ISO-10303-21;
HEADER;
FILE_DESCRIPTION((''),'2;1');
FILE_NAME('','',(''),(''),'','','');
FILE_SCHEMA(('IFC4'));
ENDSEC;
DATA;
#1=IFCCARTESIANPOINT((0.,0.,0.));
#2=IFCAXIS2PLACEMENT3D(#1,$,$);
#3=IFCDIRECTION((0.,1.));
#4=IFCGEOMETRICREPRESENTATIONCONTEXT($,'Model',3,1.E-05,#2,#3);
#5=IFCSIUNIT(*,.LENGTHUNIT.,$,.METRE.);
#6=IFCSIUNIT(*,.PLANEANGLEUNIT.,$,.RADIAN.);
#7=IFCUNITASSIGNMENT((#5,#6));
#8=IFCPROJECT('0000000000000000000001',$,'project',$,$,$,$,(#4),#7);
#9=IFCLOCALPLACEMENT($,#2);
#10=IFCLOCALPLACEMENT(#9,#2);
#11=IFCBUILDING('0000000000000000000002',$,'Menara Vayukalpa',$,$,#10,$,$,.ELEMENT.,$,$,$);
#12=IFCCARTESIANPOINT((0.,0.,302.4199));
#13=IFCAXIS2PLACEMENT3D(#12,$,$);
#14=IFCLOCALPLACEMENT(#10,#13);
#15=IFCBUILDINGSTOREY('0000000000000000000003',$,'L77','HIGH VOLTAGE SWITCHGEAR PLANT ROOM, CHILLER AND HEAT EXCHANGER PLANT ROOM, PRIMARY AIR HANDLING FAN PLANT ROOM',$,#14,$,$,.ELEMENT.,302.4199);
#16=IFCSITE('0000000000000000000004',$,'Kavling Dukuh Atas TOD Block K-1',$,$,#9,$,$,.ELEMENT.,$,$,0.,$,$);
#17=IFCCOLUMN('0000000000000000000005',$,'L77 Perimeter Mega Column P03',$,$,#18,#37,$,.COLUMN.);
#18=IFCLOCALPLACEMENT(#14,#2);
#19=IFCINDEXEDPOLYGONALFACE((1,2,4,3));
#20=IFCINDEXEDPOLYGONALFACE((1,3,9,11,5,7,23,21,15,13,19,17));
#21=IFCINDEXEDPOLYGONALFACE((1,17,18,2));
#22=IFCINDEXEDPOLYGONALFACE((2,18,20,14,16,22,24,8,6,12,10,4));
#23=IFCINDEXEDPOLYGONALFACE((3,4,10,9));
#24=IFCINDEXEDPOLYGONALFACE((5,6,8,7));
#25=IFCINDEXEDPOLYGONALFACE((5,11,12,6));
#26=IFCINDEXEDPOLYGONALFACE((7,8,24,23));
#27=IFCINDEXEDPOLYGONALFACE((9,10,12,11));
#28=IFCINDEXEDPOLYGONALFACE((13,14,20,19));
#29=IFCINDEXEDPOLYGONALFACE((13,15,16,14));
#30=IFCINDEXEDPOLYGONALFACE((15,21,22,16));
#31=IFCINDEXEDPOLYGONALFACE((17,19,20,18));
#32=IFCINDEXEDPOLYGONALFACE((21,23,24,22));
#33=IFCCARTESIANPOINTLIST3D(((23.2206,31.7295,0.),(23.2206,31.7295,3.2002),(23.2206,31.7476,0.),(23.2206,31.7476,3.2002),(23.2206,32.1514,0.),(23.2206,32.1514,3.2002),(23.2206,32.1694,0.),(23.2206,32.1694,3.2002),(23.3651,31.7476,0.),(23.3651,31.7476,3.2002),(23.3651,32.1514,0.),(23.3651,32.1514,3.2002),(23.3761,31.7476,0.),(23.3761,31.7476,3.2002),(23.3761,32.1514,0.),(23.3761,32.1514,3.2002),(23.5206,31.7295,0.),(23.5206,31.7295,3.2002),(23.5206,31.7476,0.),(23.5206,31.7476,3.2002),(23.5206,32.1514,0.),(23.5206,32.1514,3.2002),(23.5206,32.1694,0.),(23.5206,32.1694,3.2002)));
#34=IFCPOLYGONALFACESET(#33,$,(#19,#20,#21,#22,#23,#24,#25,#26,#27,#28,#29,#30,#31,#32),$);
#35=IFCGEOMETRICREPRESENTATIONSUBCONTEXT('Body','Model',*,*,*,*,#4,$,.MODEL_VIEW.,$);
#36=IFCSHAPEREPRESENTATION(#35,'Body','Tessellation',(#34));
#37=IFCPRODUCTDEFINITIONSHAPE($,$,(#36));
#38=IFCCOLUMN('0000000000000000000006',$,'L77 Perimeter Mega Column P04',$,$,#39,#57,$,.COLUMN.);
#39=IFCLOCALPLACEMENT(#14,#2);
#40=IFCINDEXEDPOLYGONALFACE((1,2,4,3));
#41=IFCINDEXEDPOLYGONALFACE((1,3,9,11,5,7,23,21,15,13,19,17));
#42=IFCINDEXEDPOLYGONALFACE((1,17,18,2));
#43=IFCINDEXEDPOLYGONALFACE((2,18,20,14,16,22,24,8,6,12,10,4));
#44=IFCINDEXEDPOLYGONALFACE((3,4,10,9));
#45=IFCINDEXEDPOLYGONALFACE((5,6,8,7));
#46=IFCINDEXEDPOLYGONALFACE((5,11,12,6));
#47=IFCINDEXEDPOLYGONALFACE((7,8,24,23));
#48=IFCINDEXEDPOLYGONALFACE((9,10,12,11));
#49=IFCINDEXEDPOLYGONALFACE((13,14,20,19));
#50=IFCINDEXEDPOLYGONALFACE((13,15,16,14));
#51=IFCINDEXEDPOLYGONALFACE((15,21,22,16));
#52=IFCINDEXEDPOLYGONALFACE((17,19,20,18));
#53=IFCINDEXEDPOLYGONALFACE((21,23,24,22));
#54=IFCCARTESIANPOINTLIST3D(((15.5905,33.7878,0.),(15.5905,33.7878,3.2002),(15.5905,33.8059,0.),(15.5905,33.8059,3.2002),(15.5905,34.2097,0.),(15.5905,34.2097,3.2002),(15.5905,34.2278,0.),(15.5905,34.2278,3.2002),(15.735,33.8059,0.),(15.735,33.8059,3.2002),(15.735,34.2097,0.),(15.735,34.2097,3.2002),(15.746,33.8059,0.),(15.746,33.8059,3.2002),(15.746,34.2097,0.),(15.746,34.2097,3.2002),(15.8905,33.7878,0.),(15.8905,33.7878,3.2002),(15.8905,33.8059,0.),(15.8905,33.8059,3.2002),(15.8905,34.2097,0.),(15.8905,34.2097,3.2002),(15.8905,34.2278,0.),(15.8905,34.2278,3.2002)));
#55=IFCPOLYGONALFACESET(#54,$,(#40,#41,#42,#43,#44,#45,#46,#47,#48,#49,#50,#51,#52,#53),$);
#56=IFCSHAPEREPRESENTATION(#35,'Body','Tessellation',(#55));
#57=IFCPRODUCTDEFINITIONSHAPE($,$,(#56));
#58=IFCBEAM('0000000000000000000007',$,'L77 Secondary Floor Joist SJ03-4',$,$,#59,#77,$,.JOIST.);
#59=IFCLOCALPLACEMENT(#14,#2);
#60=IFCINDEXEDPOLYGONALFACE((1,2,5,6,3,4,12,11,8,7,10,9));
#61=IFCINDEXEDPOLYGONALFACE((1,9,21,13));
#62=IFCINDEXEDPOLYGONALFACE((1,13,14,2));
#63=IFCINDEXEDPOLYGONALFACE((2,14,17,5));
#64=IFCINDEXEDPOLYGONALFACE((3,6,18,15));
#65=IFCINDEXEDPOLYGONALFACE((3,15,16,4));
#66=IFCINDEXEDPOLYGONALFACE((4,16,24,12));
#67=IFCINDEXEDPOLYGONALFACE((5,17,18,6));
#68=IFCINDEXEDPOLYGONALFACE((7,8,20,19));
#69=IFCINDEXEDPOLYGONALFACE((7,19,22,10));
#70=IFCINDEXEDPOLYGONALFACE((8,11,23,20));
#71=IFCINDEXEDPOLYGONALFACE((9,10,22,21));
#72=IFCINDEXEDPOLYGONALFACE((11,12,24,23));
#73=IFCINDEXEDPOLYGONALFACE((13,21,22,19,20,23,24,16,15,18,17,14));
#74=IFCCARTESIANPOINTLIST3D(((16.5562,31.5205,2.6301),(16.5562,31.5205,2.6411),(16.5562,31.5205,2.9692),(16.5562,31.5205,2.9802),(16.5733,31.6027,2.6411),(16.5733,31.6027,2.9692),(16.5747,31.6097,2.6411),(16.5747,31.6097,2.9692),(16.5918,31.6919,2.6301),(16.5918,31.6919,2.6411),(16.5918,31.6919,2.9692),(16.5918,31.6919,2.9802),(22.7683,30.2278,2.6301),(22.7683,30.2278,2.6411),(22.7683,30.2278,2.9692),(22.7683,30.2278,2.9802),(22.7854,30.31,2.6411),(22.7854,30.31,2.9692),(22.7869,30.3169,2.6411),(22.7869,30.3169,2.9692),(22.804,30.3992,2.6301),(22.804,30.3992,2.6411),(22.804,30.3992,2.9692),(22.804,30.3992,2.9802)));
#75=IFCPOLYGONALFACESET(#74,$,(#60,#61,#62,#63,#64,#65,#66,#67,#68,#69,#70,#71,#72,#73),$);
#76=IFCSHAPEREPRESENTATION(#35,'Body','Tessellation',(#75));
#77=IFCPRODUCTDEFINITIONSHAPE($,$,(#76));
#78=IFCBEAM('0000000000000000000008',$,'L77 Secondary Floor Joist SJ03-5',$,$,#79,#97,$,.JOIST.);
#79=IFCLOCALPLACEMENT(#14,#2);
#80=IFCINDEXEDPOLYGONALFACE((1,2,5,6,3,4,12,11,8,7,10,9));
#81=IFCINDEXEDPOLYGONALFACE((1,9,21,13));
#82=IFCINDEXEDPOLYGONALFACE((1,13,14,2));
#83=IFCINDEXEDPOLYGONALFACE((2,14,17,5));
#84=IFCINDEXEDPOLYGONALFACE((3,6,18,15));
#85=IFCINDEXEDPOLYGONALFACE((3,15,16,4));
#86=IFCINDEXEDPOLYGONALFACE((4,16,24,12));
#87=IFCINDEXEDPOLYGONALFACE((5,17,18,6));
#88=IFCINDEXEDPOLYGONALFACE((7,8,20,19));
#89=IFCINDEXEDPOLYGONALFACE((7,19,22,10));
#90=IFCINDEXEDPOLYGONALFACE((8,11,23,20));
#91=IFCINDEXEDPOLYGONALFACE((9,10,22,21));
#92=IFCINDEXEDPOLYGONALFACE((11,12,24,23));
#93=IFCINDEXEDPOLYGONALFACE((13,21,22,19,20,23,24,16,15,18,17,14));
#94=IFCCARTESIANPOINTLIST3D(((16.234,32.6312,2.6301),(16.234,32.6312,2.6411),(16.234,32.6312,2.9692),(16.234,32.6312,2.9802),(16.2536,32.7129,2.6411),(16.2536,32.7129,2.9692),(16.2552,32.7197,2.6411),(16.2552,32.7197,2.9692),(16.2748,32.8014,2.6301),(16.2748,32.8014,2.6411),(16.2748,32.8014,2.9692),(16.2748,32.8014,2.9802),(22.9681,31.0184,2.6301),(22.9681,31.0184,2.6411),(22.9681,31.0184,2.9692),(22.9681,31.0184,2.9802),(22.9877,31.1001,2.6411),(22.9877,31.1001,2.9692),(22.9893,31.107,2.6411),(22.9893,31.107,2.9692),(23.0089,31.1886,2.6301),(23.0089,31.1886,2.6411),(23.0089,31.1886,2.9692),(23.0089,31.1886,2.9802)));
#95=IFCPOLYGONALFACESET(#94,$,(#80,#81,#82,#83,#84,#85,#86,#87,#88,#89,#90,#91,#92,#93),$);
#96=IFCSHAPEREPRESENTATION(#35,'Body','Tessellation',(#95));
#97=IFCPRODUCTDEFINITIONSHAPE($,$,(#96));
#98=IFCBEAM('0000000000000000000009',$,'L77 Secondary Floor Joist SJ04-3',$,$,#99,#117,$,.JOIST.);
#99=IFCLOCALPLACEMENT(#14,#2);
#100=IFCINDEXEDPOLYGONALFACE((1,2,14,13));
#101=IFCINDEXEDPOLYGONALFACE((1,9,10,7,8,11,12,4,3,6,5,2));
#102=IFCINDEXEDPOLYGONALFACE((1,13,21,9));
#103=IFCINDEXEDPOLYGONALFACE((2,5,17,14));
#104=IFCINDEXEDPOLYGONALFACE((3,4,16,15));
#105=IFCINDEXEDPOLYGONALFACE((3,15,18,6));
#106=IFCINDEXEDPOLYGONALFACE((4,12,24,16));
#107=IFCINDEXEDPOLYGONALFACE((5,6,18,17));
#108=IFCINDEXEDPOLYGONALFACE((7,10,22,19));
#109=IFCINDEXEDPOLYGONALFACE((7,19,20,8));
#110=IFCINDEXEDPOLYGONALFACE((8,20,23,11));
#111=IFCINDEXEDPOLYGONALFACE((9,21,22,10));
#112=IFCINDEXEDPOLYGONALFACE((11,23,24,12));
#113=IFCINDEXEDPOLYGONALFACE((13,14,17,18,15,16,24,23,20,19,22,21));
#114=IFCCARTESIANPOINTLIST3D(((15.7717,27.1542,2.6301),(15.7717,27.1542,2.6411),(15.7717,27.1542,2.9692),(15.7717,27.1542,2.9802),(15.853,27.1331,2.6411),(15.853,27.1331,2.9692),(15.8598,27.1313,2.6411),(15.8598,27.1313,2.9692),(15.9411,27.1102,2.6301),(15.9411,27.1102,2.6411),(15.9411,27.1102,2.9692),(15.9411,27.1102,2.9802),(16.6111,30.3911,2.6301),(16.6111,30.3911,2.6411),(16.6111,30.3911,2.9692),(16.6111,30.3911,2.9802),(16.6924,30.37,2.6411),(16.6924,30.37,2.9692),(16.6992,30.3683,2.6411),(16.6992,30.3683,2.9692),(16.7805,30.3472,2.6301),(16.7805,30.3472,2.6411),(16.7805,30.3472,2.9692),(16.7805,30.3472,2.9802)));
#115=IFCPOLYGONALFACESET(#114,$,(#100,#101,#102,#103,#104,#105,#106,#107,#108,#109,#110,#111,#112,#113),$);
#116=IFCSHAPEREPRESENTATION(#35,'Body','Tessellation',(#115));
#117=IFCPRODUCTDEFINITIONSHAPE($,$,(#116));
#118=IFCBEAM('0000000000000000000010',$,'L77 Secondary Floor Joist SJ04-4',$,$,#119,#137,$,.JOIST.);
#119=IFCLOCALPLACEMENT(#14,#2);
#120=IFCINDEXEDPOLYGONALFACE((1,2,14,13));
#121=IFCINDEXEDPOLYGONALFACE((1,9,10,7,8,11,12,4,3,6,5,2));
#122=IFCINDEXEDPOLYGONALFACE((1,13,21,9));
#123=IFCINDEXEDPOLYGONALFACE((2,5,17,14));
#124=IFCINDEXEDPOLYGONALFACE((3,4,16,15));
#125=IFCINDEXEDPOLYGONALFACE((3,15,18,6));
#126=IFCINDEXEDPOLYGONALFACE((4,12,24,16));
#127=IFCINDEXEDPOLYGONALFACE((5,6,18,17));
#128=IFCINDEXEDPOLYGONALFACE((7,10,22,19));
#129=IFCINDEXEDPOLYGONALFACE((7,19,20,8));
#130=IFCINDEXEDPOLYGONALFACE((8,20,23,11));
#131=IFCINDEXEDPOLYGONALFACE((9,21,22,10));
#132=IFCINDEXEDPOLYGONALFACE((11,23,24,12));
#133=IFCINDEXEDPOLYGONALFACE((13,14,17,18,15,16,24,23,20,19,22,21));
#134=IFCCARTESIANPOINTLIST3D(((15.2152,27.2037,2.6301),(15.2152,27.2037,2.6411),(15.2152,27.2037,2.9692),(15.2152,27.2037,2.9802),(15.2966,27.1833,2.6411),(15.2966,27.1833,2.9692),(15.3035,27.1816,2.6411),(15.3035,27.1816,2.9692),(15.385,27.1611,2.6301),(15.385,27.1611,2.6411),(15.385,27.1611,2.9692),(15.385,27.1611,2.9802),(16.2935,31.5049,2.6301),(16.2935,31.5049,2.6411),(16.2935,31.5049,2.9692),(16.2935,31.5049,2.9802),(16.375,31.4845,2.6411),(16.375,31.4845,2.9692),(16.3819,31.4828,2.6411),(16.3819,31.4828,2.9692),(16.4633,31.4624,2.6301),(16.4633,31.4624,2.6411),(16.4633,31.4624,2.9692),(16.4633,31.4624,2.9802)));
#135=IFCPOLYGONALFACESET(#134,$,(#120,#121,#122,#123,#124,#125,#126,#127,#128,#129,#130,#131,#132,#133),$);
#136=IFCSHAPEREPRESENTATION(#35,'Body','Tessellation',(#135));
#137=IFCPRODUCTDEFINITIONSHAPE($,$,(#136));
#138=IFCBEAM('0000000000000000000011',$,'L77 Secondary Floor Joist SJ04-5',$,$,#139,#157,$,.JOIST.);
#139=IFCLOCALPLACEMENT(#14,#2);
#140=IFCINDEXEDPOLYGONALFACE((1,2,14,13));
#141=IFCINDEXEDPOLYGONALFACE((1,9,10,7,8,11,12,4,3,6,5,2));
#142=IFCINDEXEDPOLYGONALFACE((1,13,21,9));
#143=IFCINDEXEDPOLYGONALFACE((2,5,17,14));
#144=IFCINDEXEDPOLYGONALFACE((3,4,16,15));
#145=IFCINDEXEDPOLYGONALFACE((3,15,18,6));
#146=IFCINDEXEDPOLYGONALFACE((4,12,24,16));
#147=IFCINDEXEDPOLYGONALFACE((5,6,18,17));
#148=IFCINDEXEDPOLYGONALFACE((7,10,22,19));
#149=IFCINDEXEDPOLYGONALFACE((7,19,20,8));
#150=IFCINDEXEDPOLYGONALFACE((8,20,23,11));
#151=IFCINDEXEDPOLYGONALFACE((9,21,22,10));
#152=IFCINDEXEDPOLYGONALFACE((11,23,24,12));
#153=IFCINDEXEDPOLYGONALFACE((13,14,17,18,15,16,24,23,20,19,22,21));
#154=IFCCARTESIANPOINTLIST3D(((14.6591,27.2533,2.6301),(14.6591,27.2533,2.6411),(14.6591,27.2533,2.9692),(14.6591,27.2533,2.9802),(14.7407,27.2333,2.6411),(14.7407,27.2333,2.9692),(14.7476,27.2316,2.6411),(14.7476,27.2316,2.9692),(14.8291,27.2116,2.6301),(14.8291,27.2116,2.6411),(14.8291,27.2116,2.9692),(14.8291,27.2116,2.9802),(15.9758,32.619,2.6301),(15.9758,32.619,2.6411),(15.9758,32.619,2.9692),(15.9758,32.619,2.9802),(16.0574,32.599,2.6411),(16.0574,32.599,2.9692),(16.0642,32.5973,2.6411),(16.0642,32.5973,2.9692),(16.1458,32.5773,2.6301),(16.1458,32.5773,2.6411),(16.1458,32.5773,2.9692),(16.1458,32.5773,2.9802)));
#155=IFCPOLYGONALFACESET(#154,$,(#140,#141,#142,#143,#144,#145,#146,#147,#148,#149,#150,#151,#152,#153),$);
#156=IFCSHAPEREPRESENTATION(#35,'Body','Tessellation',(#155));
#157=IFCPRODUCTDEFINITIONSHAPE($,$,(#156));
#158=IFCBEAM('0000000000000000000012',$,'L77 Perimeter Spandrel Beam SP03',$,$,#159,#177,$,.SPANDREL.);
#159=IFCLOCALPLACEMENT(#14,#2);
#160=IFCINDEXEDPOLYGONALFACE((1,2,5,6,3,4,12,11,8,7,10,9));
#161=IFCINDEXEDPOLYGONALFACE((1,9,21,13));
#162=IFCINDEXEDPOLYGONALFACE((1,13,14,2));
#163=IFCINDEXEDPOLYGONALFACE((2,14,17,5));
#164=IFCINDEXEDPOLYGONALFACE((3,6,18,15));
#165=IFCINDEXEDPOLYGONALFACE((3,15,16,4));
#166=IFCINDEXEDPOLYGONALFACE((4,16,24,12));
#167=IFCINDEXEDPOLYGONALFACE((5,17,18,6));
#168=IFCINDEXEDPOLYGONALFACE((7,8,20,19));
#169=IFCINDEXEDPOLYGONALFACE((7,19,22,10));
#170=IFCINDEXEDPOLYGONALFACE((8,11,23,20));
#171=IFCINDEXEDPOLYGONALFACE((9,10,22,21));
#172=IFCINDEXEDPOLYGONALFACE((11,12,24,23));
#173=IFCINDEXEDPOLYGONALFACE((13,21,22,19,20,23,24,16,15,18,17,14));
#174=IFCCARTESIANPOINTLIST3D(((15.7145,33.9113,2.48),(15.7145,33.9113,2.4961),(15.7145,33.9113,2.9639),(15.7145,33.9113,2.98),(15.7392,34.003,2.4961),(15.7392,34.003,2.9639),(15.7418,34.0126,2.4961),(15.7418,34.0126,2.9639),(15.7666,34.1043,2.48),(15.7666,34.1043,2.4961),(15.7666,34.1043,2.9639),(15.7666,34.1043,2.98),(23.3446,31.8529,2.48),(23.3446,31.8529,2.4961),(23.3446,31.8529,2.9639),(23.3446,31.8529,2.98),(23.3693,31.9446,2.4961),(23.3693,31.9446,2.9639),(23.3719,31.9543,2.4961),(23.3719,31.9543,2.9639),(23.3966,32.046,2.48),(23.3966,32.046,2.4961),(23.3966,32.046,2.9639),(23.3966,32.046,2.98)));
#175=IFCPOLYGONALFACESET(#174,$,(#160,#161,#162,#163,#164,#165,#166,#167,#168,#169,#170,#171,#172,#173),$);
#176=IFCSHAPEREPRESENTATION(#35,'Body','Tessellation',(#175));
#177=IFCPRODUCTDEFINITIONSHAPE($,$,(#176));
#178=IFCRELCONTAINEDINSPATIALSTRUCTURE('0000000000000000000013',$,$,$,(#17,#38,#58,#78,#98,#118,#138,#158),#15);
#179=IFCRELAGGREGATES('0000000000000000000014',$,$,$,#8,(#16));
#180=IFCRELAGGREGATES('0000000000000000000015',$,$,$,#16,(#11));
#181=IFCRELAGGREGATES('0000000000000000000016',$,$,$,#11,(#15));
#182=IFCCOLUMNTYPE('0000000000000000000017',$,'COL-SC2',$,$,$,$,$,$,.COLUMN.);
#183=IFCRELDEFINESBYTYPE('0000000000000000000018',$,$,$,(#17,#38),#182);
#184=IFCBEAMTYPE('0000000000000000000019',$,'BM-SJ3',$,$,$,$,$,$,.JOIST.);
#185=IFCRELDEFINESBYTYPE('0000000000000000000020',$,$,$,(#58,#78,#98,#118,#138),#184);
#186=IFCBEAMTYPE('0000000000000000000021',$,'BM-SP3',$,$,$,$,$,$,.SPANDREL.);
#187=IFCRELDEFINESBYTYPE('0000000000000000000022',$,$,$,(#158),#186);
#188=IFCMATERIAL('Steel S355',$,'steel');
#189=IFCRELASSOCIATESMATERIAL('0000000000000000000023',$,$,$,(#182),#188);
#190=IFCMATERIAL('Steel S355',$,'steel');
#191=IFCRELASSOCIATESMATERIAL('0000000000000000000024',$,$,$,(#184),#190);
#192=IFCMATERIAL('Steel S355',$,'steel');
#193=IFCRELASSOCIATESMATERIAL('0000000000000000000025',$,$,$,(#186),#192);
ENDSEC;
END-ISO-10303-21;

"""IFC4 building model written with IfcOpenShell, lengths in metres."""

from ifc_helpers import new_model, si_unit, direction, frame, origin, origin_2d, place, context, subcontext, project, spatial, i_section, extrude, material, material_profile, profile_set, type_object, element, save


model = new_model("IFC4")

# Units and contexts
model_context = context("Model", 3, precision=1e-05, world=origin(), true_north=direction((0.0, 1.0)))
body_context = subcontext(model_context, "Body", "Model", "MODEL_VIEW")
ifc_project = project(units=[si_unit("LENGTHUNIT", "METRE"), si_unit("PLANEANGLEUNIT", "RADIAN")], contexts=[model_context])

# Site, building, storey
site_placement = place(None, origin())
site = spatial("IfcSite", under=ifc_project, at=site_placement, Name="Kavling Dukuh Atas TOD Block K-1", CompositionType="ELEMENT", RefElevation=0.0)
building_placement = place(site_placement, origin())
building = spatial("IfcBuilding", under=site, at=building_placement, Name="Menara Vayukalpa", CompositionType="ELEMENT")
storey_placement = place(building_placement, frame((0.0, 0.0, 302.4199)))
storey = spatial("IfcBuildingStorey", under=building, at=storey_placement, Name="L77", Description="HIGH VOLTAGE SWITCHGEAR PLANT ROOM, CHILLER AND HEAT EXCHANGER PLANT ROOM, PRIMARY AIR HANDLING FAN PLANT ROOM", CompositionType="ELEMENT", Elevation=302.4199)

# Columns
ifc_material_1 = material(Name="Steel S355", Category="steel")
ifc_material_profile_1 = material_profile(ifc_material_1, i_section(OverallWidth=0.3, OverallDepth=0.4399, WebThickness=0.011, FlangeThickness=0.0181, at=origin_2d()), Name="H 440x300x11x18")
ifc_profile_set_1 = profile_set([ifc_material_profile_1], Name="Steel S355")
column_type = type_object("IfcColumnType", Name="COL-SC2", PredefinedType="COLUMN", material=ifc_profile_set_1)
for number, where, z_axis, x_axis, name in (
    (1, (23.3706, 31.9495, 0.0), (0.0, 0.0, 1.0), (1.0, 0.0, 0.0), "L77 Perimeter Mega Column P03"),
    (2, (15.7405, 34.0078, 0.0), (0.0, 0.0, 1.0), (1.0, 0.0, 0.0), "L77 Perimeter Mega Column P04"),
):
    element("IfcColumn", number, at=place(storey_placement, frame(where, z_axis=z_axis, x_axis=x_axis)), inside=storey, type_object=column_type, Name=name, PredefinedType="COLUMN", context=body_context, shape_type="SweptSolid", body=[
        extrude(i_section(OverallWidth=0.3, OverallDepth=0.4399, WebThickness=0.011, FlangeThickness=0.0181, at=origin_2d()), origin(), (0.0, 0.0, 1.0), 3.2002),
    ])

# Beams
ifc_material_2 = material(Name="Steel S355", Category="steel")
ifc_material_profile_2 = material_profile(ifc_material_2, i_section(OverallWidth=0.175, OverallDepth=0.3501, WebThickness=0.0071, FlangeThickness=0.011, at=origin_2d()), Name="WF 350x175x7x11")
ifc_profile_set_2 = profile_set([ifc_material_profile_2], Name="Steel S355")
beam_type_1 = type_object("IfcBeamType", Name="BM-SJ3", PredefinedType="JOIST", material=ifc_profile_set_2)
beam_1_placement = place(storey_placement, frame((22.7861, 30.3135, 2.8052), z_axis=(-0.979027, 0.203731, 0.0), x_axis=(-0.203731, -0.979027, 0.0)))
element("IfcBeam", 3, at=beam_1_placement, inside=storey, type_object=beam_type_1, Name="L77 Secondary Floor Joist SJ03-4", PredefinedType="JOIST", context=body_context, shape_type="SweptSolid", body=[
    extrude(i_section(OverallWidth=0.175, OverallDepth=0.3501, WebThickness=0.0071, FlangeThickness=0.011, at=origin_2d()), origin(), (0.0, 0.0, 1.0), 6.3452),
])
beam_2_placement = place(storey_placement, frame((22.9885, 31.1035, 2.8052), z_axis=(-0.972499, 0.232909, 0.0), x_axis=(-0.232909, -0.972499, 0.0)))
element("IfcBeam", 4, at=beam_2_placement, inside=storey, type_object=beam_type_1, Name="L77 Secondary Floor Joist SJ03-5", PredefinedType="JOIST", context=body_context, shape_type="SweptSolid", body=[
    extrude(i_section(OverallWidth=0.175, OverallDepth=0.3501, WebThickness=0.0071, FlangeThickness=0.011, at=origin_2d()), origin(), (0.0, 0.0, 1.0), 6.9246),
])
beam_3_placement = place(storey_placement, frame((16.6958, 30.3691, 2.8052), z_axis=(-0.251013, -0.967984, 0.0), x_axis=(0.967984, -0.251013, 0.0)))
element("IfcBeam", 5, at=beam_3_placement, inside=storey, type_object=beam_type_1, Name="L77 Secondary Floor Joist SJ04-3", PredefinedType="JOIST", context=body_context, shape_type="SweptSolid", body=[
    extrude(i_section(OverallWidth=0.175, OverallDepth=0.3501, WebThickness=0.0071, FlangeThickness=0.011, at=origin_2d()), origin(), (0.0, 0.0, 1.0), 3.344),
])
beam_4_placement = place(storey_placement, frame((16.3784, 31.4836, 2.8052), z_axis=(-0.243183, -0.96998, 0.0), x_axis=(0.96998, -0.243183, 0.0)))
element("IfcBeam", 6, at=beam_4_placement, inside=storey, type_object=beam_type_1, Name="L77 Secondary Floor Joist SJ04-4", PredefinedType="JOIST", context=body_context, shape_type="SweptSolid", body=[
    extrude(i_section(OverallWidth=0.175, OverallDepth=0.3501, WebThickness=0.0071, FlangeThickness=0.011, at=origin_2d()), origin(), (0.0, 0.0, 1.0), 4.4343),
])
beam_5_placement = place(storey_placement, frame((16.0608, 32.5981, 2.8052), z_axis=(-0.238312, -0.971189, 0.0), x_axis=(0.971189, -0.238312, 0.0)))
element("IfcBeam", 7, at=beam_5_placement, inside=storey, type_object=beam_type_1, Name="L77 Secondary Floor Joist SJ04-5", PredefinedType="JOIST", context=body_context, shape_type="SweptSolid", body=[
    extrude(i_section(OverallWidth=0.175, OverallDepth=0.3501, WebThickness=0.0071, FlangeThickness=0.011, at=origin_2d()), origin(), (0.0, 0.0, 1.0), 5.5249),
])
ifc_material_3 = material(Name="Steel S355", Category="steel")
ifc_material_profile_3 = material_profile(ifc_material_3, i_section(OverallWidth=0.2, OverallDepth=0.5, WebThickness=0.01, FlangeThickness=0.0161, at=origin_2d()), Name="WF 500x200x10x16")
ifc_profile_set_3 = profile_set([ifc_material_profile_3], Name="Steel S355")
beam_type_2 = type_object("IfcBeamType", Name="BM-SP3", PredefinedType="SPANDREL", material=ifc_profile_set_3)
beam_6_placement = place(storey_placement, frame((23.3706, 31.9495, 2.73), z_axis=(-0.965486, 0.260455, 0.0), x_axis=(-0.260455, -0.965486, 0.0)))
element("IfcBeam", 8, at=beam_6_placement, inside=storey, type_object=beam_type_2, Name="L77 Perimeter Spandrel Beam SP03", PredefinedType="SPANDREL", context=body_context, shape_type="SweptSolid", body=[
    extrude(i_section(OverallWidth=0.2, OverallDepth=0.5, WebThickness=0.01, FlangeThickness=0.0161, at=origin_2d()), origin(), (0.0, 0.0, 1.0), 7.9028),
])

save(model, "model.ifc")
